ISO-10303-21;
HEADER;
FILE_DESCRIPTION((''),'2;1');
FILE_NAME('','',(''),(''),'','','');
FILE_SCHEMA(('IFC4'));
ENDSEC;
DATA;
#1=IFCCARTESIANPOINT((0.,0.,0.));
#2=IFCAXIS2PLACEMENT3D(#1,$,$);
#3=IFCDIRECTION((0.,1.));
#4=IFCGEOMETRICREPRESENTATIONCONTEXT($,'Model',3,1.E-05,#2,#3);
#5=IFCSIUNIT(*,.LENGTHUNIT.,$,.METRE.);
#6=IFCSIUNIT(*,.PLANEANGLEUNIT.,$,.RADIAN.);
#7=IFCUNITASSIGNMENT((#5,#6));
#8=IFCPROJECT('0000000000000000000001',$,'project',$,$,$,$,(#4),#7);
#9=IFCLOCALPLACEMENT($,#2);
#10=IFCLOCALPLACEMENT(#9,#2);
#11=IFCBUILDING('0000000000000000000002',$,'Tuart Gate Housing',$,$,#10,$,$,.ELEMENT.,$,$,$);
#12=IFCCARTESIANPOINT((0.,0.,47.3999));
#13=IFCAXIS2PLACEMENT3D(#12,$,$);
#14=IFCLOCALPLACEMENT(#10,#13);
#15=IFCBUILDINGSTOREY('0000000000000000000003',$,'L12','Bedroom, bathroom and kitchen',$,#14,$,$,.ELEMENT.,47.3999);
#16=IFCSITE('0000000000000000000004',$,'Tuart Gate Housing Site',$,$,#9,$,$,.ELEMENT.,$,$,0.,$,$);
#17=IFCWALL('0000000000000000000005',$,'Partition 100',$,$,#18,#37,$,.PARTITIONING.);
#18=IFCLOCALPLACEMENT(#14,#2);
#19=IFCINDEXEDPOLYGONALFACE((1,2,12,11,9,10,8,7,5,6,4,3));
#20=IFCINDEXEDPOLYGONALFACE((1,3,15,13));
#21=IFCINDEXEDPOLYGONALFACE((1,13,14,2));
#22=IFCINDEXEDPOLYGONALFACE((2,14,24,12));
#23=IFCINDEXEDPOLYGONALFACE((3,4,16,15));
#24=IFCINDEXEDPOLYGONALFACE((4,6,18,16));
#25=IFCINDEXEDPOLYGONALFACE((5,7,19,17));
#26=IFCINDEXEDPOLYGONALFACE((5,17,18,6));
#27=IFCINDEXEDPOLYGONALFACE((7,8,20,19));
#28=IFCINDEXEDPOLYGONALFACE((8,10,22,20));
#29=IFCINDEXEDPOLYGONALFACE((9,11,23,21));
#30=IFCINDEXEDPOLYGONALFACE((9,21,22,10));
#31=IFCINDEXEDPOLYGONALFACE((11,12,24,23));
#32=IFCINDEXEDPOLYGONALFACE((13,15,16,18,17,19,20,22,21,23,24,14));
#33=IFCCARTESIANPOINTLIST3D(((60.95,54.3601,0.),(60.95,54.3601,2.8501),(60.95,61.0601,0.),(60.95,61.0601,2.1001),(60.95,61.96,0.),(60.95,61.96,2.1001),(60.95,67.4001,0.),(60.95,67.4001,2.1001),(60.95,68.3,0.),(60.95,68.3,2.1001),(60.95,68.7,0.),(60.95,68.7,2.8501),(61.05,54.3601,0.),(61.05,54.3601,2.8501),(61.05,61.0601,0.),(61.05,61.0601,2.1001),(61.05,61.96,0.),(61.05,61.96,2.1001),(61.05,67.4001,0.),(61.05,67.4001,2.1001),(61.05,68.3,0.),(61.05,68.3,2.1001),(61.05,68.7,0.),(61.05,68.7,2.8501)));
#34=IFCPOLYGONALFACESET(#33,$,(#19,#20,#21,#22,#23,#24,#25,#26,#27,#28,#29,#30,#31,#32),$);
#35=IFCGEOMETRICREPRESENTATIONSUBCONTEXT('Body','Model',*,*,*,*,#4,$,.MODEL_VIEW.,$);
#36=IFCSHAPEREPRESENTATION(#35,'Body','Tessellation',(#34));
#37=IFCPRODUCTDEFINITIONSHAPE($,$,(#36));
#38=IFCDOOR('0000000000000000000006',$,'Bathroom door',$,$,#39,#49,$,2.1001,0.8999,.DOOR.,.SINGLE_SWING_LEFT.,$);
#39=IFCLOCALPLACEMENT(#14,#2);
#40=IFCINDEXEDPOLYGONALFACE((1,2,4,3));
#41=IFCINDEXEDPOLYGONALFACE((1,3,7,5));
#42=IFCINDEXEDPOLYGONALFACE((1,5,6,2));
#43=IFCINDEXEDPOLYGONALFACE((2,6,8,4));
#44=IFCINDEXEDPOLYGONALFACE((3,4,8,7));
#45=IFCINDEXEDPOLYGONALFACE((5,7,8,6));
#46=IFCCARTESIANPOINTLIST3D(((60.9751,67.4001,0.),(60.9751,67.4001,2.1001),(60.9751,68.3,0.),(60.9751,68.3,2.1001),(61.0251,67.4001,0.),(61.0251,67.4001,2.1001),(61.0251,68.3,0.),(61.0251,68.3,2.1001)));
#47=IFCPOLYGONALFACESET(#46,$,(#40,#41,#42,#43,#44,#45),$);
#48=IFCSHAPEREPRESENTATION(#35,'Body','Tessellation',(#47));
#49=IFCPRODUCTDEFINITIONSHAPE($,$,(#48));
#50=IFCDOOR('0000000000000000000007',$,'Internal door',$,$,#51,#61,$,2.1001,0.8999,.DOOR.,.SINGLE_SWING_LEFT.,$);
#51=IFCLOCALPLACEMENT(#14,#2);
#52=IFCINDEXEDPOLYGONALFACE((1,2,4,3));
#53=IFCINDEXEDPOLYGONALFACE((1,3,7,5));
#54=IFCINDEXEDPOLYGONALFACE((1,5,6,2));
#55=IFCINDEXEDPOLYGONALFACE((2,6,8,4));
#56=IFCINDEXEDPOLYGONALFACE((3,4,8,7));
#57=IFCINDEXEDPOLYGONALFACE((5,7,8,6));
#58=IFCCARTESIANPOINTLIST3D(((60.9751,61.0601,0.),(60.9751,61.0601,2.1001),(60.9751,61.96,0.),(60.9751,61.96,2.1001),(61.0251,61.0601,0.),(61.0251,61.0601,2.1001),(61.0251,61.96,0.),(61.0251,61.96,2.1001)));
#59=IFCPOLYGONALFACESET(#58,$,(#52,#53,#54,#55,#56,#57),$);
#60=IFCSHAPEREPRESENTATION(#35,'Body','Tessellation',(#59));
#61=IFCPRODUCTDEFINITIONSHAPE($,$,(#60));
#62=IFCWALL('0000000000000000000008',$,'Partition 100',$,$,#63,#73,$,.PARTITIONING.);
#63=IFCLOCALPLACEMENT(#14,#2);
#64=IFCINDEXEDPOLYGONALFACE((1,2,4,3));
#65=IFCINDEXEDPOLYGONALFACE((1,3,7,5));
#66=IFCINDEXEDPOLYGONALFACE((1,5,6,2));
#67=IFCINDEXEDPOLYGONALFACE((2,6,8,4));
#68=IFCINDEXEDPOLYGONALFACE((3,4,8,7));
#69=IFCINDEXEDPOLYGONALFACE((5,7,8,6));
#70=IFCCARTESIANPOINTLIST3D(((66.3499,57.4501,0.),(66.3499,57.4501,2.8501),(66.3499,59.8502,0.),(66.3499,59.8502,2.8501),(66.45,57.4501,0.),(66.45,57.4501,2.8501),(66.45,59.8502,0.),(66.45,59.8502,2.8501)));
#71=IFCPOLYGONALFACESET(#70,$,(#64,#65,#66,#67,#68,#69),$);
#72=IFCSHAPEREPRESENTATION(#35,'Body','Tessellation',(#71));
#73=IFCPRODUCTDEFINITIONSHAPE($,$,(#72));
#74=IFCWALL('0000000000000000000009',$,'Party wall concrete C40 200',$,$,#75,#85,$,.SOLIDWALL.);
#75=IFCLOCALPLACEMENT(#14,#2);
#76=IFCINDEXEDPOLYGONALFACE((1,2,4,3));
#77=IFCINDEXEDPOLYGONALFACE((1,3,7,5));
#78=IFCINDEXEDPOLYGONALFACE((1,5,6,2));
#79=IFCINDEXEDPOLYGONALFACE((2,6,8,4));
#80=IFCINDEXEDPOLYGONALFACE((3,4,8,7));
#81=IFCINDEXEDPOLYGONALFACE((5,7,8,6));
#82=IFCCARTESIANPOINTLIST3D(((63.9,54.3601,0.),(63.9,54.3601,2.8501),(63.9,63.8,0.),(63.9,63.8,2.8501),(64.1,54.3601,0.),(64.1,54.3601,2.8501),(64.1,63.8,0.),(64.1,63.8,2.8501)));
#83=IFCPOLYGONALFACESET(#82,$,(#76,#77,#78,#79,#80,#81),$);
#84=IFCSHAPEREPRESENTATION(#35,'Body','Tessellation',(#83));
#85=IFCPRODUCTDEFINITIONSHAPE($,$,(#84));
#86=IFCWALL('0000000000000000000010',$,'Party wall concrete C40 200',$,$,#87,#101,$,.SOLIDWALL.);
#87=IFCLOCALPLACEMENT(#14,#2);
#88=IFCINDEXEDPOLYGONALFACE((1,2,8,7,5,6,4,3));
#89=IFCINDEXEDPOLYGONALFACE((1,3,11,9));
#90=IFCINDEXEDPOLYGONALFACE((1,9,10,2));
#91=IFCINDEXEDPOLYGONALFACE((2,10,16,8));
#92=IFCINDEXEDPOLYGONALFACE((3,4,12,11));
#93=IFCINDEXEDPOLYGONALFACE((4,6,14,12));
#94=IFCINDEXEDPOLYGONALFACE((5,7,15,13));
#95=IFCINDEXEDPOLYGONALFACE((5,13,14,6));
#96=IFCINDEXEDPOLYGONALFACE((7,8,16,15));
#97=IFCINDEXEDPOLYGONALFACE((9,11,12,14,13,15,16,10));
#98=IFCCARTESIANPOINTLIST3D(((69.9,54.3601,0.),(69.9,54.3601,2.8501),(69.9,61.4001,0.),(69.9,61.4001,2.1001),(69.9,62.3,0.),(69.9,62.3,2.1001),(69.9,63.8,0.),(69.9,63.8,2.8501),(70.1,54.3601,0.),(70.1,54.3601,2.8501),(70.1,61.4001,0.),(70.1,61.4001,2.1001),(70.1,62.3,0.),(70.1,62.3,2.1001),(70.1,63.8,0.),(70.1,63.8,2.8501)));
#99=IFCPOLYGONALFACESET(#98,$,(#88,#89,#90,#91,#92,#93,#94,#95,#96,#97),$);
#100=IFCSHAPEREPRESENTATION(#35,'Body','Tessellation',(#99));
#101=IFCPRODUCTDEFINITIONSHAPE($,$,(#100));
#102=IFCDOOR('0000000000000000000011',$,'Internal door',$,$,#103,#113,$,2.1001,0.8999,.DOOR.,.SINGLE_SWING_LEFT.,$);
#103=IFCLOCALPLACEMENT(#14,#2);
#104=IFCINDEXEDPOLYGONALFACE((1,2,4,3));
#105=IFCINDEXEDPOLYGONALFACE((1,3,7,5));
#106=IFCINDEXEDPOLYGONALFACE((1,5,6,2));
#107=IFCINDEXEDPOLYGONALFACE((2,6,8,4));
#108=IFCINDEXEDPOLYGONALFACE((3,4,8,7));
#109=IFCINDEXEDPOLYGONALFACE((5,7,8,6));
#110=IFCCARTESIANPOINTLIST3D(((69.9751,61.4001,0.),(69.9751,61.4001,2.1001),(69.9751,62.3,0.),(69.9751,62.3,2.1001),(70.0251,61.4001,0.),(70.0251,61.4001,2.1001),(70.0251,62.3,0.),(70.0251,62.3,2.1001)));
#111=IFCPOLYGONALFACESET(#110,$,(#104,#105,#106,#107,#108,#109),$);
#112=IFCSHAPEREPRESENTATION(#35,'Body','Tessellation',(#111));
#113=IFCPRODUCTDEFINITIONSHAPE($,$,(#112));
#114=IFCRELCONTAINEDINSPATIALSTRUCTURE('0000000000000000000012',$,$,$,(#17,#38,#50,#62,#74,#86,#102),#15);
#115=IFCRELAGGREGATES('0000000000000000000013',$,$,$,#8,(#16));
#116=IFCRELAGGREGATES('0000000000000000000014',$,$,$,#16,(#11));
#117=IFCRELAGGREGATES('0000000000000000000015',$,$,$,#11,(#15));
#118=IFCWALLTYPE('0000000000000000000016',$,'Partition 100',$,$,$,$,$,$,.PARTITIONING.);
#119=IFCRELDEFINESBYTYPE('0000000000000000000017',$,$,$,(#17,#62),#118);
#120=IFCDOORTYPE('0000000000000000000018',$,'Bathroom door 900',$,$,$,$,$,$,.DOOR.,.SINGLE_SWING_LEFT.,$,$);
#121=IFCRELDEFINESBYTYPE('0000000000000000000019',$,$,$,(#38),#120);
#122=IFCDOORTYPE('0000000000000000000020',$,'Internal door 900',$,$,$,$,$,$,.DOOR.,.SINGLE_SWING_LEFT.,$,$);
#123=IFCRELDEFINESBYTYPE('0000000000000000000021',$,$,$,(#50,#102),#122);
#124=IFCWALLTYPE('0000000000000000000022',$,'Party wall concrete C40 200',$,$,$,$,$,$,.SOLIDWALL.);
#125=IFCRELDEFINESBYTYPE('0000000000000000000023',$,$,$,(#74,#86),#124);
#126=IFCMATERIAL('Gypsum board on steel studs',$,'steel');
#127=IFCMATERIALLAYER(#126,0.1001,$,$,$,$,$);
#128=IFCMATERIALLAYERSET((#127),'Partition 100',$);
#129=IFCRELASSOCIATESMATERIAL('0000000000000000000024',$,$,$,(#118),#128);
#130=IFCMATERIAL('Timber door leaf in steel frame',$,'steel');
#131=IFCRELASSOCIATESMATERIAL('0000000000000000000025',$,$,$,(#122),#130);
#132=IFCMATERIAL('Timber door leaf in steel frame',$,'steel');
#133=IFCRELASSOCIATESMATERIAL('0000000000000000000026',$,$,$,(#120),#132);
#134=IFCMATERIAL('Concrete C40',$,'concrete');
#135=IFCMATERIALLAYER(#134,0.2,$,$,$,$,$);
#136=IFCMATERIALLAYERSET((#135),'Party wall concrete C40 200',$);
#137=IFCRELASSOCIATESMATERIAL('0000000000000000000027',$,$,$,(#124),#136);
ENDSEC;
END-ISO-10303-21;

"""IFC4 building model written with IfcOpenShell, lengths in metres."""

from ifc_helpers import new_model, si_unit, direction, frame, frame_2d, origin, place, context, subcontext, project, spatial, rectangle, extrude, material, layer, layer_set, type_object, element, fill, save


model = new_model("IFC4")

# Units and contexts
model_context = context("Model", 3, precision=1e-05, world=origin(), true_north=direction((0.0, 1.0)))
body_context = subcontext(model_context, "Body", "Model", "MODEL_VIEW")
ifc_project = project(units=[si_unit("LENGTHUNIT", "METRE"), si_unit("PLANEANGLEUNIT", "RADIAN")], contexts=[model_context])

# Site, building, storey
site_placement = place(None, origin())
site = spatial("IfcSite", under=ifc_project, at=site_placement, Name="Tuart Gate Housing Site", CompositionType="ELEMENT", RefElevation=0.0)
building_placement = place(site_placement, origin())
building = spatial("IfcBuilding", under=site, at=building_placement, Name="Tuart Gate Housing", CompositionType="ELEMENT")
storey_placement = place(building_placement, frame((0.0, 0.0, 47.3999)))
storey = spatial("IfcBuildingStorey", under=building, at=storey_placement, Name="L12", Description="Bedroom, bathroom and kitchen", CompositionType="ELEMENT", Elevation=47.3999)

# Shared definitions
ifc_material_1 = material(Name="Gypsum board on steel studs", Category="steel")
ifc_layer_1 = layer(ifc_material_1, 0.1001)
ifc_layer_set_1 = layer_set([ifc_layer_1], Name="Partition 100")
wall_type_1 = type_object("IfcWallType", Name="Partition 100", PredefinedType="PARTITIONING", material=ifc_layer_set_1)

# Shared definitions
ifc_material_2 = material(Name="Timber door leaf in steel frame", Category="steel")
door_type_1 = type_object("IfcDoorType", Name="Internal door 900", OperationType="SINGLE_SWING_LEFT", PredefinedType="DOOR", material=ifc_material_2)

# Shared definitions
ifc_material_3 = material(Name="Timber door leaf in steel frame", Category="steel")
door_type_2 = type_object("IfcDoorType", Name="Bathroom door 900", OperationType="SINGLE_SWING_LEFT", PredefinedType="DOOR", material=ifc_material_3)

# Wall, openings, doors
wall_1_placement = place(storey_placement, frame((61.0, 54.3601, 0.0), z_axis=(0.0, 0.0, 1.0), x_axis=(0.0, 1.0, 0.0)))
wall_1 = element("IfcWall", 1, at=wall_1_placement, inside=storey, type_object=wall_type_1, Name="Partition 100", PredefinedType="PARTITIONING", context=body_context, shape_type="SweptSolid", body=[
    extrude(rectangle(XDim=14.3398, YDim=0.1001, at=frame_2d((7.1699, 0.0))), origin(), (0.0, 0.0, 1.0), 2.8501),
])
opening_1_placement = place(wall_1_placement, frame((6.7, 0.0, 0.0)))
opening_1 = element("IfcOpeningElement", 2, at=opening_1_placement, cuts=wall_1, PredefinedType="OPENING", context=body_context, shape_type="SweptSolid", body=[
    extrude(rectangle(XDim=0.8999, YDim=2.1001, at=frame_2d((0.45, 1.05))), frame((0.0, 0.0601, 0.0), z_axis=(0.0, -1.0, 0.0), x_axis=(1.0, 0.0, 0.0)), (0.0, 0.0, 1.0), 0.1201),
])
opening_2_placement = place(wall_1_placement, frame((13.04, 0.0, 0.0)))
opening_2 = element("IfcOpeningElement", 3, at=opening_2_placement, cuts=wall_1, PredefinedType="OPENING", context=body_context, shape_type="SweptSolid", body=[
    extrude(rectangle(XDim=0.8999, YDim=2.1001, at=frame_2d((0.45, 1.05))), frame((0.0, 0.0601, 0.0), z_axis=(0.0, -1.0, 0.0), x_axis=(1.0, 0.0, 0.0)), (0.0, 0.0, 1.0), 0.1201),
])
door_1_placement = place(opening_2_placement, frame((0.8999, 0.0, 0.0), z_axis=(0.0, 0.0, 1.0), x_axis=(-1.0, 0.0, 0.0)))
door_1 = element("IfcDoor", 4, at=door_1_placement, inside=storey, type_object=door_type_2, Name="Bathroom door", OperationType="SINGLE_SWING_LEFT", OverallHeight=2.1001, OverallWidth=0.8999, PredefinedType="DOOR", context=body_context, shape_type="SweptSolid", body=[
    extrude(rectangle(XDim=0.8999, YDim=2.1001, at=frame_2d((0.45, 1.05))), frame((0.0, 0.0251, 0.0), z_axis=(0.0, -1.0, 0.0), x_axis=(1.0, 0.0, 0.0)), (0.0, 0.0, 1.0), 0.05),
])
fill(opening_2, door_1)
door_2_placement = place(opening_1_placement, frame((0.8999, 0.0, 0.0), z_axis=(0.0, 0.0, 1.0), x_axis=(-1.0, 0.0, 0.0)))
door_2 = element("IfcDoor", 5, at=door_2_placement, inside=storey, type_object=door_type_1, Name="Internal door", OperationType="SINGLE_SWING_LEFT", OverallHeight=2.1001, OverallWidth=0.8999, PredefinedType="DOOR", context=body_context, shape_type="SweptSolid", body=[
    extrude(rectangle(XDim=0.8999, YDim=2.1001, at=frame_2d((0.45, 1.05))), frame((0.0, 0.0251, 0.0), z_axis=(0.0, -1.0, 0.0), x_axis=(1.0, 0.0, 0.0)), (0.0, 0.0, 1.0), 0.05),
])
fill(opening_1, door_2)

# Walls
wall_2_placement = place(storey_placement, frame((66.3999, 57.45, 0.0), z_axis=(0.0, 0.0, 1.0), x_axis=(0.0, 1.0, 0.0)))
element("IfcWall", 6, at=wall_2_placement, inside=storey, type_object=wall_type_1, Name="Partition 100", PredefinedType="PARTITIONING", context=body_context, shape_type="SweptSolid", body=[
    extrude(rectangle(XDim=2.4001, YDim=0.1001, at=frame_2d((1.2002, 0.0))), origin(), (0.0, 0.0, 1.0), 2.8501),
])
ifc_material_4 = material(Name="Concrete C40", Category="concrete")
ifc_layer_2 = layer(ifc_material_4, 0.2)
ifc_layer_set_2 = layer_set([ifc_layer_2], Name="Party wall concrete C40 200")
wall_type_2 = type_object("IfcWallType", Name="Party wall concrete C40 200", PredefinedType="SOLIDWALL", material=ifc_layer_set_2)
wall_3_placement = place(storey_placement, frame((64.0, 54.3601, 0.0), z_axis=(0.0, 0.0, 1.0), x_axis=(0.0, 1.0, 0.0)))
element("IfcWall", 7, at=wall_3_placement, inside=storey, type_object=wall_type_2, Name="Party wall concrete C40 200", PredefinedType="SOLIDWALL", context=body_context, shape_type="SweptSolid", body=[
    extrude(rectangle(XDim=9.4399, YDim=0.2, at=frame_2d((4.72, 0.0))), origin(), (0.0, 0.0, 1.0), 2.8501),
])

# Wall, opening, door
wall_4_placement = place(storey_placement, frame((70.0, 54.3601, 0.0), z_axis=(0.0, 0.0, 1.0), x_axis=(0.0, 1.0, 0.0)))
wall_4 = element("IfcWall", 8, at=wall_4_placement, inside=storey, type_object=wall_type_2, Name="Party wall concrete C40 200", PredefinedType="SOLIDWALL", context=body_context, shape_type="SweptSolid", body=[
    extrude(rectangle(XDim=9.4399, YDim=0.2, at=frame_2d((4.72, 0.0))), origin(), (0.0, 0.0, 1.0), 2.8501),
])
opening_3_placement = place(wall_4_placement, frame((7.04, 0.0, 0.0)))
opening_3 = element("IfcOpeningElement", 9, at=opening_3_placement, cuts=wall_4, PredefinedType="OPENING", context=body_context, shape_type="SweptSolid", body=[
    extrude(rectangle(XDim=0.8999, YDim=2.1001, at=frame_2d((0.45, 1.05))), frame((0.0, 0.1099, 0.0), z_axis=(0.0, -1.0, 0.0), x_axis=(1.0, 0.0, 0.0)), (0.0, 0.0, 1.0), 0.22),
])
door_3_placement = place(opening_3_placement, origin())
door_3 = element("IfcDoor", 10, at=door_3_placement, inside=storey, type_object=door_type_1, Name="Internal door", OperationType="SINGLE_SWING_LEFT", OverallHeight=2.1001, OverallWidth=0.8999, PredefinedType="DOOR", context=body_context, shape_type="SweptSolid", body=[
    extrude(rectangle(XDim=0.8999, YDim=2.1001, at=frame_2d((0.45, 1.05))), frame((0.0, 0.0249, 0.0), z_axis=(0.0, -1.0, 0.0), x_axis=(1.0, 0.0, 0.0)), (0.0, 0.0, 1.0), 0.05),
])
fill(opening_3, door_3)

save(model, "model.ifc")
